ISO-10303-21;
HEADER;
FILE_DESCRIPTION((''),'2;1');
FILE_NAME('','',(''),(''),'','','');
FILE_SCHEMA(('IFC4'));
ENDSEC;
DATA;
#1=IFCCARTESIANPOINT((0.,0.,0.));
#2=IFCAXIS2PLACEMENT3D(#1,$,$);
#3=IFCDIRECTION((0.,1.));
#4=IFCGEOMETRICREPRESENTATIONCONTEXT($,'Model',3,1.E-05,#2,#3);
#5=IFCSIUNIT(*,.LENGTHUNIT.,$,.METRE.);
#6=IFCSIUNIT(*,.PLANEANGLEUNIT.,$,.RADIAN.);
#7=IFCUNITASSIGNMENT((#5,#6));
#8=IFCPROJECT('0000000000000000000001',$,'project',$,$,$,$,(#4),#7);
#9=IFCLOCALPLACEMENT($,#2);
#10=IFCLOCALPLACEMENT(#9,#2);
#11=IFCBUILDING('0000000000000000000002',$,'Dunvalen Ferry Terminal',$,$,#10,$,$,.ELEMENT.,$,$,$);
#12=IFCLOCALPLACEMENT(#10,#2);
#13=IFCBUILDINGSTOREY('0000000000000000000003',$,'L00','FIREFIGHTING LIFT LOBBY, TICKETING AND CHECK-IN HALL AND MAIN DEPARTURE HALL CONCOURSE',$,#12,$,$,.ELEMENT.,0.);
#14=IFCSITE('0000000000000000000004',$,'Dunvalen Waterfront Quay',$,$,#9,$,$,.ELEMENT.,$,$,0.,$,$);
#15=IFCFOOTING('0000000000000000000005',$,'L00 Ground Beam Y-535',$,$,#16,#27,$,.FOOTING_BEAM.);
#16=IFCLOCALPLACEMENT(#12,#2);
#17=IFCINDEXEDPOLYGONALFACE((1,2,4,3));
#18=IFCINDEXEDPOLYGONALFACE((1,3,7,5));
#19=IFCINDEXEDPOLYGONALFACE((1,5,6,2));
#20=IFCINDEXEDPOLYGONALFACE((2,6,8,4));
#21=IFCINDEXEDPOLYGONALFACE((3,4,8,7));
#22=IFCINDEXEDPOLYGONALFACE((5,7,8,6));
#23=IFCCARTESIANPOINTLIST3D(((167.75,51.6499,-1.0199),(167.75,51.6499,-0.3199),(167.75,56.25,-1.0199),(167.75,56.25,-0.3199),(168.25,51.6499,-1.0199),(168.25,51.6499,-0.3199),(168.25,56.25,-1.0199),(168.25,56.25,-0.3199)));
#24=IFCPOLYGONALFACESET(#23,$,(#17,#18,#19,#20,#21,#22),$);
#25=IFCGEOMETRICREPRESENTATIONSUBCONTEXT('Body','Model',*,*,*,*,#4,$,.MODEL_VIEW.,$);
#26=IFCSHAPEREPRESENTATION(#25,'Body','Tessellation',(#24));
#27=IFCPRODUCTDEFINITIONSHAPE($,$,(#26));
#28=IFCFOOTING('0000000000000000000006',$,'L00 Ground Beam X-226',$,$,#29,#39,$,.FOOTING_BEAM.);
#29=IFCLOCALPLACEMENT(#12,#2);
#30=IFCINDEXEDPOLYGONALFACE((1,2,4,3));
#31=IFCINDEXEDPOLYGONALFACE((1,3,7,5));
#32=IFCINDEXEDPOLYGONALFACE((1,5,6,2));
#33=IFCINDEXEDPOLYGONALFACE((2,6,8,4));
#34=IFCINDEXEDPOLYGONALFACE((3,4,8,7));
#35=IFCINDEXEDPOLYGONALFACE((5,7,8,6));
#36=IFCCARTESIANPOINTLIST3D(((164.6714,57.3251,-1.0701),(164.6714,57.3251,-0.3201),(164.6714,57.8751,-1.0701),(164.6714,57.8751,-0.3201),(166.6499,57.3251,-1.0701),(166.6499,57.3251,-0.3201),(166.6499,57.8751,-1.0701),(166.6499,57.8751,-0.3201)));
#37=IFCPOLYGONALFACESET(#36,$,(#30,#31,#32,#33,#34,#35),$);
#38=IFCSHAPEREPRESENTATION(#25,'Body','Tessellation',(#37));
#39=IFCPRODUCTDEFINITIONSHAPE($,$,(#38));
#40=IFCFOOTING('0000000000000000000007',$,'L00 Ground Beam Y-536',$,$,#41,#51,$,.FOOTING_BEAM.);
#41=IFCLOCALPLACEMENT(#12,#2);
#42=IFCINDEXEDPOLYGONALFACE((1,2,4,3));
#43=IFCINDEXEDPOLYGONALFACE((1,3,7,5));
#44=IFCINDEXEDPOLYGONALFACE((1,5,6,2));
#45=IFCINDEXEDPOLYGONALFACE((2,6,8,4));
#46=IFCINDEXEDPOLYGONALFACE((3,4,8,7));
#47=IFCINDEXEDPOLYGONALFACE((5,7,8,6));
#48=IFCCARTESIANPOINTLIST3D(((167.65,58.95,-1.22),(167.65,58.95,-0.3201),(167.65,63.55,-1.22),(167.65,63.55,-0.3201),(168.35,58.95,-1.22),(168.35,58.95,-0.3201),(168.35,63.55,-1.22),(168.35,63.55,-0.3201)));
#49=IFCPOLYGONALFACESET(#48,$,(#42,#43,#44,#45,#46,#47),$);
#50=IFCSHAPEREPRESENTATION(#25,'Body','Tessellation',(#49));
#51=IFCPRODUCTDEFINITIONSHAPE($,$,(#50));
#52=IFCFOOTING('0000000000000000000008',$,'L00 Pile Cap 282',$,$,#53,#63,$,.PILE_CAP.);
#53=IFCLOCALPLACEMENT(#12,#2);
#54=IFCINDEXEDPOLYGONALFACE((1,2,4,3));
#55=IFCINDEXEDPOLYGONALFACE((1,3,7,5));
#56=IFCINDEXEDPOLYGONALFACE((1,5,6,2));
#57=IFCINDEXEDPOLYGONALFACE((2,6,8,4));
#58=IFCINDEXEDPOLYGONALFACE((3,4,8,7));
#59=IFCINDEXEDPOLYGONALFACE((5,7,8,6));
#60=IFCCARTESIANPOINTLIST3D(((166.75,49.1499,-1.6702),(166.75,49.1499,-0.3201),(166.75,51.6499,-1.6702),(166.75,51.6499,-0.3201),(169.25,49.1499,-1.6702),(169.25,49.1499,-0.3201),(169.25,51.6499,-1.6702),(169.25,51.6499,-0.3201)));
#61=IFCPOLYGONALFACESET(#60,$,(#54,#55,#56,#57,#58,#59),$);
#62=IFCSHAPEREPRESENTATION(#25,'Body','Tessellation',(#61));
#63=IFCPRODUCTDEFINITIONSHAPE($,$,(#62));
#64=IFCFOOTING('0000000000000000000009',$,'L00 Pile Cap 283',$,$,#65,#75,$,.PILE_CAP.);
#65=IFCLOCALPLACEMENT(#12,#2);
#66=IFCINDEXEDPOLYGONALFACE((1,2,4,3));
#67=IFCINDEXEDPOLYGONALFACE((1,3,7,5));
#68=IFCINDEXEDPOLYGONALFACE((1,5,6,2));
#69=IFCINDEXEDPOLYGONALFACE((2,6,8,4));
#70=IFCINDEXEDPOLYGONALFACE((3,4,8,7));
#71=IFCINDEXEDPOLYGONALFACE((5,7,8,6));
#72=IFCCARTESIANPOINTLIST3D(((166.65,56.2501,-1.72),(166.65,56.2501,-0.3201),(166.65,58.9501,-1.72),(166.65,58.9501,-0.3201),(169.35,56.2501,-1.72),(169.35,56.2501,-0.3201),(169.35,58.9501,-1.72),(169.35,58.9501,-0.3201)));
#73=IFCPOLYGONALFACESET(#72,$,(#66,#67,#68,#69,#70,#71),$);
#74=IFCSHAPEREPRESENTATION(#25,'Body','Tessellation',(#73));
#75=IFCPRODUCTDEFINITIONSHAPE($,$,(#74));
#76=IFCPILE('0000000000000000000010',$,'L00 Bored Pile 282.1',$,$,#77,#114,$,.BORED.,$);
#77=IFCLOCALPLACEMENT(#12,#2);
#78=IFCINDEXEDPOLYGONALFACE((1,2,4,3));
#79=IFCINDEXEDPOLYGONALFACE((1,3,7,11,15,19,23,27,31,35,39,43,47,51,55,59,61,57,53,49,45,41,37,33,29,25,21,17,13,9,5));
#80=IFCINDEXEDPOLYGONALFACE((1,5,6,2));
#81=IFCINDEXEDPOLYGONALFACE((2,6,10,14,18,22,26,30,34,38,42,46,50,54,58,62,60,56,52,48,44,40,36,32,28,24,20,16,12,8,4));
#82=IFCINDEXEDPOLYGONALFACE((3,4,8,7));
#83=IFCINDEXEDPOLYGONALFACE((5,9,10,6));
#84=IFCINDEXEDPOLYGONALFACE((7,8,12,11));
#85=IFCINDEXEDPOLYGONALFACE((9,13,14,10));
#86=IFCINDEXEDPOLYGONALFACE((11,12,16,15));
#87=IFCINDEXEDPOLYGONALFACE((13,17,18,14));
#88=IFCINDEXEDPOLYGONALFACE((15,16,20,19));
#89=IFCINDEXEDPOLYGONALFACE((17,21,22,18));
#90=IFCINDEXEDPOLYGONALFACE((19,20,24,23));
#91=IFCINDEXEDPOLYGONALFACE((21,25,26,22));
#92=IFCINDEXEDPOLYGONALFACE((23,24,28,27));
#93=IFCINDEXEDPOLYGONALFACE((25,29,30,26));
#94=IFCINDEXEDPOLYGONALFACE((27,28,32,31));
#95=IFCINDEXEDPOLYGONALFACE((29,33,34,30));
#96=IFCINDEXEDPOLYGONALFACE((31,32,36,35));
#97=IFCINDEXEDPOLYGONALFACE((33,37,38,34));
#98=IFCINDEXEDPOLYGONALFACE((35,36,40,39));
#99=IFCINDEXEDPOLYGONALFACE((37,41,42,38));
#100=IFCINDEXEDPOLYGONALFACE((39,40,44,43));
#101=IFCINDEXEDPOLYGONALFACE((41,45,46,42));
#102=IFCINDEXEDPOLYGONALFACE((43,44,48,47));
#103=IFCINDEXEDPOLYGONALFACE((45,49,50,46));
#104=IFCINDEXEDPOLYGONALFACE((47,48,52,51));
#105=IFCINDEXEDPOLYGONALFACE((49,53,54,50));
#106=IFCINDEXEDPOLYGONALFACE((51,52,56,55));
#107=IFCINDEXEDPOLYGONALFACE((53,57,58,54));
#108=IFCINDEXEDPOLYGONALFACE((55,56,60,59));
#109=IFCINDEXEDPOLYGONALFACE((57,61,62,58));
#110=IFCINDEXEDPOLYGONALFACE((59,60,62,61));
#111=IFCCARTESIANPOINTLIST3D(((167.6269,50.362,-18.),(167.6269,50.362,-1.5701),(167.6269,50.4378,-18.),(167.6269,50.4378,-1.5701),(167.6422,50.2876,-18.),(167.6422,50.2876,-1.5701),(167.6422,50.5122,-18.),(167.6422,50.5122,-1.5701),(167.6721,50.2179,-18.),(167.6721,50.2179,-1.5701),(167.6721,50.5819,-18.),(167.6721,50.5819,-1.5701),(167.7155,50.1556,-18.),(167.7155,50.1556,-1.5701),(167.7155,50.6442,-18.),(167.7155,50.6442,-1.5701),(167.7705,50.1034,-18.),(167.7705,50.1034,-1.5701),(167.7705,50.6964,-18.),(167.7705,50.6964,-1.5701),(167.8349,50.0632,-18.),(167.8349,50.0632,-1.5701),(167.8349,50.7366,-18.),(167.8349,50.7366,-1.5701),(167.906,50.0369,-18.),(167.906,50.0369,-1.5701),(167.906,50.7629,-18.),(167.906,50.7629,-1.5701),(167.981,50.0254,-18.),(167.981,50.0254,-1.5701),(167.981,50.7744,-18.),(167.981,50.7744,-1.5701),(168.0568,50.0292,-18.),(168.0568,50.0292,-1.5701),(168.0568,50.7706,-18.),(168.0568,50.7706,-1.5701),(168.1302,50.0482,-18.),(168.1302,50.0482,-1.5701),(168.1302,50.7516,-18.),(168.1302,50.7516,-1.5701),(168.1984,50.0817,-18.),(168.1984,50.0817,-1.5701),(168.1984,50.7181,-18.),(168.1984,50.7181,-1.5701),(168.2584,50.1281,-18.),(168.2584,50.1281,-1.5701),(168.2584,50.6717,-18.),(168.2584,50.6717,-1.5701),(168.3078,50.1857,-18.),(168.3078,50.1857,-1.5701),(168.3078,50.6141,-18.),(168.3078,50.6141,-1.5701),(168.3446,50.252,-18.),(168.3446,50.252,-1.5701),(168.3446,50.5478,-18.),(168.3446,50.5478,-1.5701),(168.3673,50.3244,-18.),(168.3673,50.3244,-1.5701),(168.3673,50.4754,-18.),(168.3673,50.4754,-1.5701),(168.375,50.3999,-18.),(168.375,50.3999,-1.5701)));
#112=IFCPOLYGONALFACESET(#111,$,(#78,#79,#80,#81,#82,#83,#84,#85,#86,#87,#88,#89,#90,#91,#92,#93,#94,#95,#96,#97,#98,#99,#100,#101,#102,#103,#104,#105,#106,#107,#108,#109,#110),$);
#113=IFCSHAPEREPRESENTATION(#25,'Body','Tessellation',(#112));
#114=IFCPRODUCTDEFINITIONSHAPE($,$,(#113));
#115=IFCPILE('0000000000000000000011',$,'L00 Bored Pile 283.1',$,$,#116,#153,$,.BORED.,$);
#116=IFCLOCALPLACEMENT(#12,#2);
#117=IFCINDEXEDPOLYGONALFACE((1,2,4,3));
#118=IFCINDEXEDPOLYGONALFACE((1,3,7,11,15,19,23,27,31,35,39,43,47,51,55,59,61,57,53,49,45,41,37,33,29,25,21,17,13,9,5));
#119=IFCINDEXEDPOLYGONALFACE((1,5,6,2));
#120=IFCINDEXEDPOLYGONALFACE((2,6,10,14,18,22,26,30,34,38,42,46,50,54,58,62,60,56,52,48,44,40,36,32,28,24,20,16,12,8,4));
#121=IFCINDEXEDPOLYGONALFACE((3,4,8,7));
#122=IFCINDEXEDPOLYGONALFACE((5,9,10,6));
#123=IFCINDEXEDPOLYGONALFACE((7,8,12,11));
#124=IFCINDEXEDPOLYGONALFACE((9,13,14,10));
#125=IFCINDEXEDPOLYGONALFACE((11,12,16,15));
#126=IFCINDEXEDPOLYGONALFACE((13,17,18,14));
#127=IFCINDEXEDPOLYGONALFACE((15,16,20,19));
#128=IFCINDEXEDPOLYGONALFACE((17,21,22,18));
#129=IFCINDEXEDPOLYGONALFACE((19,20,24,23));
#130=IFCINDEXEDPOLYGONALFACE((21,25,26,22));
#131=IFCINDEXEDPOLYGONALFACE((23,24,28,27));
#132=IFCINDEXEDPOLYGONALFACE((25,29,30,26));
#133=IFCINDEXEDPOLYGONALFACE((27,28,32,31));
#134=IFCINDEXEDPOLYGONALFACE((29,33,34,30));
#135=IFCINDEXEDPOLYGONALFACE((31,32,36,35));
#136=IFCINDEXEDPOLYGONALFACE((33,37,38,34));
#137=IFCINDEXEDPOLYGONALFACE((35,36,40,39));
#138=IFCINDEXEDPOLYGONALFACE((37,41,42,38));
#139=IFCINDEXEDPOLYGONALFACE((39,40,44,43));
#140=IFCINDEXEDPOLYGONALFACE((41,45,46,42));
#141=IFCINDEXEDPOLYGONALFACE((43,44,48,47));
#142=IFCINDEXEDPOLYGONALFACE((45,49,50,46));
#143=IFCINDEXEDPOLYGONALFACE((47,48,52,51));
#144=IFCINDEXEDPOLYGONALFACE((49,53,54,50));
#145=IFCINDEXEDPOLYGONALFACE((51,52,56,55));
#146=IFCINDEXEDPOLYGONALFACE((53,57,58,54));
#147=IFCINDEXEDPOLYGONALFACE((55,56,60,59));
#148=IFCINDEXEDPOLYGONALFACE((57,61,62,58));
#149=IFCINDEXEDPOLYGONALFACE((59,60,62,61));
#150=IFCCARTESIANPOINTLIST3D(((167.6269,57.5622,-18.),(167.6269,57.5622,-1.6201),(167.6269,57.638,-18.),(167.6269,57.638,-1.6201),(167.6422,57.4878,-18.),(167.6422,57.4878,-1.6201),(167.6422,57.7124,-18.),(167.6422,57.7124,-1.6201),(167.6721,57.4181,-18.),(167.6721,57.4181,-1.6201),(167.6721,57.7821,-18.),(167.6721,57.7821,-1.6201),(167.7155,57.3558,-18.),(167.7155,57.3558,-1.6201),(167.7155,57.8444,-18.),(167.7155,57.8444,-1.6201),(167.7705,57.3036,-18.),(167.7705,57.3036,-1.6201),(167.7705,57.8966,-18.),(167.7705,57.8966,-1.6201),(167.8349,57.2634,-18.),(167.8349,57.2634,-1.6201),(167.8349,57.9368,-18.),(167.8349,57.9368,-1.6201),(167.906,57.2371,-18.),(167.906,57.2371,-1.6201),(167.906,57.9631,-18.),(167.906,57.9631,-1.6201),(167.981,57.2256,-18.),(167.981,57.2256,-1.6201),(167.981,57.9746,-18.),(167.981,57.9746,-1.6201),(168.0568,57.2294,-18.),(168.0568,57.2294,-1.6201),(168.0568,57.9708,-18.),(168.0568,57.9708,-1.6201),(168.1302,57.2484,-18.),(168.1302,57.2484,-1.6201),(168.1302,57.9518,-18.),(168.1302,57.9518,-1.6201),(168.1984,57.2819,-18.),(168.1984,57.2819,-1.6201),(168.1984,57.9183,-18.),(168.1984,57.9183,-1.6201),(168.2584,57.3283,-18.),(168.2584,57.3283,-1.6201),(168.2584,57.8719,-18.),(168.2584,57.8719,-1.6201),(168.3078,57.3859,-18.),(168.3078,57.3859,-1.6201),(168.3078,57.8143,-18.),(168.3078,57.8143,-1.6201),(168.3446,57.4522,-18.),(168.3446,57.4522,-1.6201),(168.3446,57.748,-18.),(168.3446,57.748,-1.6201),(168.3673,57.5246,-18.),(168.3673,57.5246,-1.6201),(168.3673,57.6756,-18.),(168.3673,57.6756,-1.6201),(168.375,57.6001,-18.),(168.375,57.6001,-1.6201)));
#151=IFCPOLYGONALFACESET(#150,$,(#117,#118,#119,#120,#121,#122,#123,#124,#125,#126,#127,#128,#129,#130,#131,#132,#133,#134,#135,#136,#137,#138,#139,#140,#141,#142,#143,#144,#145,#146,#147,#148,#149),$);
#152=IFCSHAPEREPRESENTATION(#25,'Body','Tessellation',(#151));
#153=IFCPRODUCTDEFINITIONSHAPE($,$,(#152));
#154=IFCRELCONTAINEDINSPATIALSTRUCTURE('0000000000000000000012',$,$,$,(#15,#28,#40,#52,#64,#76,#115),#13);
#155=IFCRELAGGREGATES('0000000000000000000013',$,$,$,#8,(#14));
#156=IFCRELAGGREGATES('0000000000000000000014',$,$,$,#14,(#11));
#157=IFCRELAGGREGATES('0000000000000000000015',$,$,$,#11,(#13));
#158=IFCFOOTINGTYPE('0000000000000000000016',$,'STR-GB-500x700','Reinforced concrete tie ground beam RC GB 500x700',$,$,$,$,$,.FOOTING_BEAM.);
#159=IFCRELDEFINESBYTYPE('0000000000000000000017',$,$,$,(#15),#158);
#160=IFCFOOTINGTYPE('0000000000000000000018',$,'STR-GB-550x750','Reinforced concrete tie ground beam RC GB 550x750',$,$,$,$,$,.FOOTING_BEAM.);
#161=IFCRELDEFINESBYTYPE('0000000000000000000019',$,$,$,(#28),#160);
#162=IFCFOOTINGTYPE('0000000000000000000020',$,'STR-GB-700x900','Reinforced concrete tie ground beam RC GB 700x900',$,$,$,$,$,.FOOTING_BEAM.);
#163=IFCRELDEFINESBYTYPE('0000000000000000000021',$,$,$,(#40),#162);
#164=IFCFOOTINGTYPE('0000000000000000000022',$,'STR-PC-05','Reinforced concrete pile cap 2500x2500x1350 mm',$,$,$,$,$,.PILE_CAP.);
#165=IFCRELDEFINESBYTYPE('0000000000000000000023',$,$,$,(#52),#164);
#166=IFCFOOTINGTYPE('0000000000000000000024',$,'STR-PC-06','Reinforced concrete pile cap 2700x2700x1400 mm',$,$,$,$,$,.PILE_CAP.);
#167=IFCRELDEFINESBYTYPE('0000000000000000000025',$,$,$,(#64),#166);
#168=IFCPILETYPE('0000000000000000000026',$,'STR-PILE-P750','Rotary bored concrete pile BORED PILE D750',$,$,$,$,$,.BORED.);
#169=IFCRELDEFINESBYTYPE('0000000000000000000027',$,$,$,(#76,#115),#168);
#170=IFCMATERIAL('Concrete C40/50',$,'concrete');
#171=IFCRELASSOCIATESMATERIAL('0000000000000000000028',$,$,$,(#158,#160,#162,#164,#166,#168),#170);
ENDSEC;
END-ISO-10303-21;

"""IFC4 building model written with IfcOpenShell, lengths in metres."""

from ifc_helpers import new_model, si_unit, direction, frame, origin, origin_2d, place, context, subcontext, project, spatial, rectangle, circle, extrude, material, material_profile, profile_set, type_object, element, save


model = new_model("IFC4")

# Units and contexts
model_context = context("Model", 3, precision=1e-05, world=origin(), true_north=direction((0.0, 1.0)))
body_context = subcontext(model_context, "Body", "Model", "MODEL_VIEW")
ifc_project = project(units=[si_unit("LENGTHUNIT", "METRE"), si_unit("PLANEANGLEUNIT", "RADIAN")], contexts=[model_context])

# Site, building, storey
site_placement = place(None, origin())
site = spatial("IfcSite", under=ifc_project, at=site_placement, Name="Dunvalen Waterfront Quay", CompositionType="ELEMENT", RefElevation=0.0)
building_placement = place(site_placement, origin())
building = spatial("IfcBuilding", under=site, at=building_placement, Name="Dunvalen Ferry Terminal", CompositionType="ELEMENT")
storey_placement = place(building_placement, origin())
storey = spatial("IfcBuildingStorey", under=building, at=storey_placement, Name="L00", Description="FIREFIGHTING LIFT LOBBY, TICKETING AND CHECK-IN HALL AND MAIN DEPARTURE HALL CONCOURSE", CompositionType="ELEMENT", Elevation=0.0)

# Footings
ifc_material_1 = material(Name="Concrete C40/50", Category="concrete")
ifc_material_profile_1 = material_profile(ifc_material_1, rectangle(XDim=0.5, YDim=0.7, at=origin_2d()), Name="Concrete C40/50")
ifc_profile_set_1 = profile_set([ifc_material_profile_1], Name="Concrete C40/50")
footing_type_1 = type_object("IfcFootingType", Name="STR-GB-500x700", Description="Reinforced concrete tie ground beam RC GB 500x700", PredefinedType="FOOTING_BEAM", material=ifc_profile_set_1)
footing_1_placement = place(storey_placement, frame((168.0, 51.6499, -0.6699), z_axis=(0.0, 1.0, 0.0), x_axis=(-1.0, 0.0, 0.0)))
element("IfcFooting", 1, at=footing_1_placement, inside=storey, type_object=footing_type_1, Name="L00 Ground Beam Y-535", PredefinedType="FOOTING_BEAM", context=body_context, shape_type="SweptSolid", body=[
    extrude(rectangle(XDim=0.5, YDim=0.7, at=origin_2d()), origin(), (0.0, 0.0, 1.0), 4.6001),
])
ifc_material_profile_2 = material_profile(ifc_material_1, rectangle(XDim=0.55, YDim=0.75, at=origin_2d()), Name="Concrete C40/50")
ifc_profile_set_2 = profile_set([ifc_material_profile_2], Name="Concrete C40/50")
footing_type_2 = type_object("IfcFootingType", Name="STR-GB-550x750", Description="Reinforced concrete tie ground beam RC GB 550x750", PredefinedType="FOOTING_BEAM", material=ifc_profile_set_2)
footing_2_placement = place(storey_placement, frame((164.6714, 57.6001, -0.6951), z_axis=(1.0, 0.0, 0.0), x_axis=(0.0, 1.0, 0.0)))
element("IfcFooting", 2, at=footing_2_placement, inside=storey, type_object=footing_type_2, Name="L00 Ground Beam X-226", PredefinedType="FOOTING_BEAM", context=body_context, shape_type="SweptSolid", body=[
    extrude(rectangle(XDim=0.55, YDim=0.75, at=origin_2d()), origin(), (0.0, 0.0, 1.0), 1.9785),
])
ifc_material_profile_3 = material_profile(ifc_material_1, rectangle(XDim=0.7, YDim=0.8999, at=origin_2d()), Name="Concrete C40/50")
ifc_profile_set_3 = profile_set([ifc_material_profile_3], Name="Concrete C40/50")
footing_type_3 = type_object("IfcFootingType", Name="STR-GB-700x900", Description="Reinforced concrete tie ground beam RC GB 700x900", PredefinedType="FOOTING_BEAM", material=ifc_profile_set_3)
footing_3_placement = place(storey_placement, frame((168.0, 58.95, -0.77), z_axis=(0.0, 1.0, 0.0), x_axis=(-1.0, 0.0, 0.0)))
element("IfcFooting", 3, at=footing_3_placement, inside=storey, type_object=footing_type_3, Name="L00 Ground Beam Y-536", PredefinedType="FOOTING_BEAM", context=body_context, shape_type="SweptSolid", body=[
    extrude(rectangle(XDim=0.7, YDim=0.8999, at=origin_2d()), origin(), (0.0, 0.0, 1.0), 4.6001),
])
footing_type_4 = type_object("IfcFootingType", Name="STR-PC-05", Description="Reinforced concrete pile cap 2500x2500x1350 mm", PredefinedType="PILE_CAP", material=ifc_material_1)
footing_4_placement = place(storey_placement, frame((168.0, 50.3999, -1.6702), z_axis=(0.0, 0.0, 1.0), x_axis=(1.0, 0.0, 0.0)))
element("IfcFooting", 4, at=footing_4_placement, inside=storey, type_object=footing_type_4, Name="L00 Pile Cap 282", PredefinedType="PILE_CAP", context=body_context, shape_type="SweptSolid", body=[
    extrude(rectangle(XDim=2.5, YDim=2.5, at=origin_2d()), origin(), (0.0, 0.0, 1.0), 1.3501),
])
footing_type_5 = type_object("IfcFootingType", Name="STR-PC-06", Description="Reinforced concrete pile cap 2700x2700x1400 mm", PredefinedType="PILE_CAP", material=ifc_material_1)
footing_5_placement = place(storey_placement, frame((168.0, 57.6001, -1.72), z_axis=(0.0, 0.0, 1.0), x_axis=(1.0, 0.0, 0.0)))
element("IfcFooting", 5, at=footing_5_placement, inside=storey, type_object=footing_type_5, Name="L00 Pile Cap 283", PredefinedType="PILE_CAP", context=body_context, shape_type="SweptSolid", body=[
    extrude(rectangle(XDim=2.7, YDim=2.7, at=origin_2d()), origin(), (0.0, 0.0, 1.0), 1.3999),
])

# Piles
ifc_material_profile_4 = material_profile(ifc_material_1, circle(Radius=0.375, at=origin_2d()), Name="Concrete C40/50")
ifc_profile_set_4 = profile_set([ifc_material_profile_4], Name="Concrete C40/50")
pile_type_1 = type_object("IfcPileType", Name="STR-PILE-P750", Description="Rotary bored concrete pile BORED PILE D750", PredefinedType="BORED", material=ifc_profile_set_4)
pile_1_placement = place(storey_placement, frame((168.0, 50.3999, -1.5701), z_axis=(0.0, 0.0, -1.0), x_axis=(1.0, 0.0, 0.0)))
element("IfcPile", 6, at=pile_1_placement, inside=storey, type_object=pile_type_1, Name="L00 Bored Pile 282.1", PredefinedType="BORED", context=body_context, shape_type="SweptSolid", body=[
    extrude(circle(Radius=0.375, at=origin_2d()), origin(), (0.0, 0.0, 1.0), 16.4299),
])
pile_2_placement = place(storey_placement, frame((168.0, 57.6001, -1.6201), z_axis=(0.0, 0.0, -1.0), x_axis=(1.0, 0.0, 0.0)))
element("IfcPile", 7, at=pile_2_placement, inside=storey, type_object=pile_type_1, Name="L00 Bored Pile 283.1", PredefinedType="BORED", context=body_context, shape_type="SweptSolid", body=[
    extrude(circle(Radius=0.375, at=origin_2d()), origin(), (0.0, 0.0, 1.0), 16.3799),
])

save(model, "model.ifc")
